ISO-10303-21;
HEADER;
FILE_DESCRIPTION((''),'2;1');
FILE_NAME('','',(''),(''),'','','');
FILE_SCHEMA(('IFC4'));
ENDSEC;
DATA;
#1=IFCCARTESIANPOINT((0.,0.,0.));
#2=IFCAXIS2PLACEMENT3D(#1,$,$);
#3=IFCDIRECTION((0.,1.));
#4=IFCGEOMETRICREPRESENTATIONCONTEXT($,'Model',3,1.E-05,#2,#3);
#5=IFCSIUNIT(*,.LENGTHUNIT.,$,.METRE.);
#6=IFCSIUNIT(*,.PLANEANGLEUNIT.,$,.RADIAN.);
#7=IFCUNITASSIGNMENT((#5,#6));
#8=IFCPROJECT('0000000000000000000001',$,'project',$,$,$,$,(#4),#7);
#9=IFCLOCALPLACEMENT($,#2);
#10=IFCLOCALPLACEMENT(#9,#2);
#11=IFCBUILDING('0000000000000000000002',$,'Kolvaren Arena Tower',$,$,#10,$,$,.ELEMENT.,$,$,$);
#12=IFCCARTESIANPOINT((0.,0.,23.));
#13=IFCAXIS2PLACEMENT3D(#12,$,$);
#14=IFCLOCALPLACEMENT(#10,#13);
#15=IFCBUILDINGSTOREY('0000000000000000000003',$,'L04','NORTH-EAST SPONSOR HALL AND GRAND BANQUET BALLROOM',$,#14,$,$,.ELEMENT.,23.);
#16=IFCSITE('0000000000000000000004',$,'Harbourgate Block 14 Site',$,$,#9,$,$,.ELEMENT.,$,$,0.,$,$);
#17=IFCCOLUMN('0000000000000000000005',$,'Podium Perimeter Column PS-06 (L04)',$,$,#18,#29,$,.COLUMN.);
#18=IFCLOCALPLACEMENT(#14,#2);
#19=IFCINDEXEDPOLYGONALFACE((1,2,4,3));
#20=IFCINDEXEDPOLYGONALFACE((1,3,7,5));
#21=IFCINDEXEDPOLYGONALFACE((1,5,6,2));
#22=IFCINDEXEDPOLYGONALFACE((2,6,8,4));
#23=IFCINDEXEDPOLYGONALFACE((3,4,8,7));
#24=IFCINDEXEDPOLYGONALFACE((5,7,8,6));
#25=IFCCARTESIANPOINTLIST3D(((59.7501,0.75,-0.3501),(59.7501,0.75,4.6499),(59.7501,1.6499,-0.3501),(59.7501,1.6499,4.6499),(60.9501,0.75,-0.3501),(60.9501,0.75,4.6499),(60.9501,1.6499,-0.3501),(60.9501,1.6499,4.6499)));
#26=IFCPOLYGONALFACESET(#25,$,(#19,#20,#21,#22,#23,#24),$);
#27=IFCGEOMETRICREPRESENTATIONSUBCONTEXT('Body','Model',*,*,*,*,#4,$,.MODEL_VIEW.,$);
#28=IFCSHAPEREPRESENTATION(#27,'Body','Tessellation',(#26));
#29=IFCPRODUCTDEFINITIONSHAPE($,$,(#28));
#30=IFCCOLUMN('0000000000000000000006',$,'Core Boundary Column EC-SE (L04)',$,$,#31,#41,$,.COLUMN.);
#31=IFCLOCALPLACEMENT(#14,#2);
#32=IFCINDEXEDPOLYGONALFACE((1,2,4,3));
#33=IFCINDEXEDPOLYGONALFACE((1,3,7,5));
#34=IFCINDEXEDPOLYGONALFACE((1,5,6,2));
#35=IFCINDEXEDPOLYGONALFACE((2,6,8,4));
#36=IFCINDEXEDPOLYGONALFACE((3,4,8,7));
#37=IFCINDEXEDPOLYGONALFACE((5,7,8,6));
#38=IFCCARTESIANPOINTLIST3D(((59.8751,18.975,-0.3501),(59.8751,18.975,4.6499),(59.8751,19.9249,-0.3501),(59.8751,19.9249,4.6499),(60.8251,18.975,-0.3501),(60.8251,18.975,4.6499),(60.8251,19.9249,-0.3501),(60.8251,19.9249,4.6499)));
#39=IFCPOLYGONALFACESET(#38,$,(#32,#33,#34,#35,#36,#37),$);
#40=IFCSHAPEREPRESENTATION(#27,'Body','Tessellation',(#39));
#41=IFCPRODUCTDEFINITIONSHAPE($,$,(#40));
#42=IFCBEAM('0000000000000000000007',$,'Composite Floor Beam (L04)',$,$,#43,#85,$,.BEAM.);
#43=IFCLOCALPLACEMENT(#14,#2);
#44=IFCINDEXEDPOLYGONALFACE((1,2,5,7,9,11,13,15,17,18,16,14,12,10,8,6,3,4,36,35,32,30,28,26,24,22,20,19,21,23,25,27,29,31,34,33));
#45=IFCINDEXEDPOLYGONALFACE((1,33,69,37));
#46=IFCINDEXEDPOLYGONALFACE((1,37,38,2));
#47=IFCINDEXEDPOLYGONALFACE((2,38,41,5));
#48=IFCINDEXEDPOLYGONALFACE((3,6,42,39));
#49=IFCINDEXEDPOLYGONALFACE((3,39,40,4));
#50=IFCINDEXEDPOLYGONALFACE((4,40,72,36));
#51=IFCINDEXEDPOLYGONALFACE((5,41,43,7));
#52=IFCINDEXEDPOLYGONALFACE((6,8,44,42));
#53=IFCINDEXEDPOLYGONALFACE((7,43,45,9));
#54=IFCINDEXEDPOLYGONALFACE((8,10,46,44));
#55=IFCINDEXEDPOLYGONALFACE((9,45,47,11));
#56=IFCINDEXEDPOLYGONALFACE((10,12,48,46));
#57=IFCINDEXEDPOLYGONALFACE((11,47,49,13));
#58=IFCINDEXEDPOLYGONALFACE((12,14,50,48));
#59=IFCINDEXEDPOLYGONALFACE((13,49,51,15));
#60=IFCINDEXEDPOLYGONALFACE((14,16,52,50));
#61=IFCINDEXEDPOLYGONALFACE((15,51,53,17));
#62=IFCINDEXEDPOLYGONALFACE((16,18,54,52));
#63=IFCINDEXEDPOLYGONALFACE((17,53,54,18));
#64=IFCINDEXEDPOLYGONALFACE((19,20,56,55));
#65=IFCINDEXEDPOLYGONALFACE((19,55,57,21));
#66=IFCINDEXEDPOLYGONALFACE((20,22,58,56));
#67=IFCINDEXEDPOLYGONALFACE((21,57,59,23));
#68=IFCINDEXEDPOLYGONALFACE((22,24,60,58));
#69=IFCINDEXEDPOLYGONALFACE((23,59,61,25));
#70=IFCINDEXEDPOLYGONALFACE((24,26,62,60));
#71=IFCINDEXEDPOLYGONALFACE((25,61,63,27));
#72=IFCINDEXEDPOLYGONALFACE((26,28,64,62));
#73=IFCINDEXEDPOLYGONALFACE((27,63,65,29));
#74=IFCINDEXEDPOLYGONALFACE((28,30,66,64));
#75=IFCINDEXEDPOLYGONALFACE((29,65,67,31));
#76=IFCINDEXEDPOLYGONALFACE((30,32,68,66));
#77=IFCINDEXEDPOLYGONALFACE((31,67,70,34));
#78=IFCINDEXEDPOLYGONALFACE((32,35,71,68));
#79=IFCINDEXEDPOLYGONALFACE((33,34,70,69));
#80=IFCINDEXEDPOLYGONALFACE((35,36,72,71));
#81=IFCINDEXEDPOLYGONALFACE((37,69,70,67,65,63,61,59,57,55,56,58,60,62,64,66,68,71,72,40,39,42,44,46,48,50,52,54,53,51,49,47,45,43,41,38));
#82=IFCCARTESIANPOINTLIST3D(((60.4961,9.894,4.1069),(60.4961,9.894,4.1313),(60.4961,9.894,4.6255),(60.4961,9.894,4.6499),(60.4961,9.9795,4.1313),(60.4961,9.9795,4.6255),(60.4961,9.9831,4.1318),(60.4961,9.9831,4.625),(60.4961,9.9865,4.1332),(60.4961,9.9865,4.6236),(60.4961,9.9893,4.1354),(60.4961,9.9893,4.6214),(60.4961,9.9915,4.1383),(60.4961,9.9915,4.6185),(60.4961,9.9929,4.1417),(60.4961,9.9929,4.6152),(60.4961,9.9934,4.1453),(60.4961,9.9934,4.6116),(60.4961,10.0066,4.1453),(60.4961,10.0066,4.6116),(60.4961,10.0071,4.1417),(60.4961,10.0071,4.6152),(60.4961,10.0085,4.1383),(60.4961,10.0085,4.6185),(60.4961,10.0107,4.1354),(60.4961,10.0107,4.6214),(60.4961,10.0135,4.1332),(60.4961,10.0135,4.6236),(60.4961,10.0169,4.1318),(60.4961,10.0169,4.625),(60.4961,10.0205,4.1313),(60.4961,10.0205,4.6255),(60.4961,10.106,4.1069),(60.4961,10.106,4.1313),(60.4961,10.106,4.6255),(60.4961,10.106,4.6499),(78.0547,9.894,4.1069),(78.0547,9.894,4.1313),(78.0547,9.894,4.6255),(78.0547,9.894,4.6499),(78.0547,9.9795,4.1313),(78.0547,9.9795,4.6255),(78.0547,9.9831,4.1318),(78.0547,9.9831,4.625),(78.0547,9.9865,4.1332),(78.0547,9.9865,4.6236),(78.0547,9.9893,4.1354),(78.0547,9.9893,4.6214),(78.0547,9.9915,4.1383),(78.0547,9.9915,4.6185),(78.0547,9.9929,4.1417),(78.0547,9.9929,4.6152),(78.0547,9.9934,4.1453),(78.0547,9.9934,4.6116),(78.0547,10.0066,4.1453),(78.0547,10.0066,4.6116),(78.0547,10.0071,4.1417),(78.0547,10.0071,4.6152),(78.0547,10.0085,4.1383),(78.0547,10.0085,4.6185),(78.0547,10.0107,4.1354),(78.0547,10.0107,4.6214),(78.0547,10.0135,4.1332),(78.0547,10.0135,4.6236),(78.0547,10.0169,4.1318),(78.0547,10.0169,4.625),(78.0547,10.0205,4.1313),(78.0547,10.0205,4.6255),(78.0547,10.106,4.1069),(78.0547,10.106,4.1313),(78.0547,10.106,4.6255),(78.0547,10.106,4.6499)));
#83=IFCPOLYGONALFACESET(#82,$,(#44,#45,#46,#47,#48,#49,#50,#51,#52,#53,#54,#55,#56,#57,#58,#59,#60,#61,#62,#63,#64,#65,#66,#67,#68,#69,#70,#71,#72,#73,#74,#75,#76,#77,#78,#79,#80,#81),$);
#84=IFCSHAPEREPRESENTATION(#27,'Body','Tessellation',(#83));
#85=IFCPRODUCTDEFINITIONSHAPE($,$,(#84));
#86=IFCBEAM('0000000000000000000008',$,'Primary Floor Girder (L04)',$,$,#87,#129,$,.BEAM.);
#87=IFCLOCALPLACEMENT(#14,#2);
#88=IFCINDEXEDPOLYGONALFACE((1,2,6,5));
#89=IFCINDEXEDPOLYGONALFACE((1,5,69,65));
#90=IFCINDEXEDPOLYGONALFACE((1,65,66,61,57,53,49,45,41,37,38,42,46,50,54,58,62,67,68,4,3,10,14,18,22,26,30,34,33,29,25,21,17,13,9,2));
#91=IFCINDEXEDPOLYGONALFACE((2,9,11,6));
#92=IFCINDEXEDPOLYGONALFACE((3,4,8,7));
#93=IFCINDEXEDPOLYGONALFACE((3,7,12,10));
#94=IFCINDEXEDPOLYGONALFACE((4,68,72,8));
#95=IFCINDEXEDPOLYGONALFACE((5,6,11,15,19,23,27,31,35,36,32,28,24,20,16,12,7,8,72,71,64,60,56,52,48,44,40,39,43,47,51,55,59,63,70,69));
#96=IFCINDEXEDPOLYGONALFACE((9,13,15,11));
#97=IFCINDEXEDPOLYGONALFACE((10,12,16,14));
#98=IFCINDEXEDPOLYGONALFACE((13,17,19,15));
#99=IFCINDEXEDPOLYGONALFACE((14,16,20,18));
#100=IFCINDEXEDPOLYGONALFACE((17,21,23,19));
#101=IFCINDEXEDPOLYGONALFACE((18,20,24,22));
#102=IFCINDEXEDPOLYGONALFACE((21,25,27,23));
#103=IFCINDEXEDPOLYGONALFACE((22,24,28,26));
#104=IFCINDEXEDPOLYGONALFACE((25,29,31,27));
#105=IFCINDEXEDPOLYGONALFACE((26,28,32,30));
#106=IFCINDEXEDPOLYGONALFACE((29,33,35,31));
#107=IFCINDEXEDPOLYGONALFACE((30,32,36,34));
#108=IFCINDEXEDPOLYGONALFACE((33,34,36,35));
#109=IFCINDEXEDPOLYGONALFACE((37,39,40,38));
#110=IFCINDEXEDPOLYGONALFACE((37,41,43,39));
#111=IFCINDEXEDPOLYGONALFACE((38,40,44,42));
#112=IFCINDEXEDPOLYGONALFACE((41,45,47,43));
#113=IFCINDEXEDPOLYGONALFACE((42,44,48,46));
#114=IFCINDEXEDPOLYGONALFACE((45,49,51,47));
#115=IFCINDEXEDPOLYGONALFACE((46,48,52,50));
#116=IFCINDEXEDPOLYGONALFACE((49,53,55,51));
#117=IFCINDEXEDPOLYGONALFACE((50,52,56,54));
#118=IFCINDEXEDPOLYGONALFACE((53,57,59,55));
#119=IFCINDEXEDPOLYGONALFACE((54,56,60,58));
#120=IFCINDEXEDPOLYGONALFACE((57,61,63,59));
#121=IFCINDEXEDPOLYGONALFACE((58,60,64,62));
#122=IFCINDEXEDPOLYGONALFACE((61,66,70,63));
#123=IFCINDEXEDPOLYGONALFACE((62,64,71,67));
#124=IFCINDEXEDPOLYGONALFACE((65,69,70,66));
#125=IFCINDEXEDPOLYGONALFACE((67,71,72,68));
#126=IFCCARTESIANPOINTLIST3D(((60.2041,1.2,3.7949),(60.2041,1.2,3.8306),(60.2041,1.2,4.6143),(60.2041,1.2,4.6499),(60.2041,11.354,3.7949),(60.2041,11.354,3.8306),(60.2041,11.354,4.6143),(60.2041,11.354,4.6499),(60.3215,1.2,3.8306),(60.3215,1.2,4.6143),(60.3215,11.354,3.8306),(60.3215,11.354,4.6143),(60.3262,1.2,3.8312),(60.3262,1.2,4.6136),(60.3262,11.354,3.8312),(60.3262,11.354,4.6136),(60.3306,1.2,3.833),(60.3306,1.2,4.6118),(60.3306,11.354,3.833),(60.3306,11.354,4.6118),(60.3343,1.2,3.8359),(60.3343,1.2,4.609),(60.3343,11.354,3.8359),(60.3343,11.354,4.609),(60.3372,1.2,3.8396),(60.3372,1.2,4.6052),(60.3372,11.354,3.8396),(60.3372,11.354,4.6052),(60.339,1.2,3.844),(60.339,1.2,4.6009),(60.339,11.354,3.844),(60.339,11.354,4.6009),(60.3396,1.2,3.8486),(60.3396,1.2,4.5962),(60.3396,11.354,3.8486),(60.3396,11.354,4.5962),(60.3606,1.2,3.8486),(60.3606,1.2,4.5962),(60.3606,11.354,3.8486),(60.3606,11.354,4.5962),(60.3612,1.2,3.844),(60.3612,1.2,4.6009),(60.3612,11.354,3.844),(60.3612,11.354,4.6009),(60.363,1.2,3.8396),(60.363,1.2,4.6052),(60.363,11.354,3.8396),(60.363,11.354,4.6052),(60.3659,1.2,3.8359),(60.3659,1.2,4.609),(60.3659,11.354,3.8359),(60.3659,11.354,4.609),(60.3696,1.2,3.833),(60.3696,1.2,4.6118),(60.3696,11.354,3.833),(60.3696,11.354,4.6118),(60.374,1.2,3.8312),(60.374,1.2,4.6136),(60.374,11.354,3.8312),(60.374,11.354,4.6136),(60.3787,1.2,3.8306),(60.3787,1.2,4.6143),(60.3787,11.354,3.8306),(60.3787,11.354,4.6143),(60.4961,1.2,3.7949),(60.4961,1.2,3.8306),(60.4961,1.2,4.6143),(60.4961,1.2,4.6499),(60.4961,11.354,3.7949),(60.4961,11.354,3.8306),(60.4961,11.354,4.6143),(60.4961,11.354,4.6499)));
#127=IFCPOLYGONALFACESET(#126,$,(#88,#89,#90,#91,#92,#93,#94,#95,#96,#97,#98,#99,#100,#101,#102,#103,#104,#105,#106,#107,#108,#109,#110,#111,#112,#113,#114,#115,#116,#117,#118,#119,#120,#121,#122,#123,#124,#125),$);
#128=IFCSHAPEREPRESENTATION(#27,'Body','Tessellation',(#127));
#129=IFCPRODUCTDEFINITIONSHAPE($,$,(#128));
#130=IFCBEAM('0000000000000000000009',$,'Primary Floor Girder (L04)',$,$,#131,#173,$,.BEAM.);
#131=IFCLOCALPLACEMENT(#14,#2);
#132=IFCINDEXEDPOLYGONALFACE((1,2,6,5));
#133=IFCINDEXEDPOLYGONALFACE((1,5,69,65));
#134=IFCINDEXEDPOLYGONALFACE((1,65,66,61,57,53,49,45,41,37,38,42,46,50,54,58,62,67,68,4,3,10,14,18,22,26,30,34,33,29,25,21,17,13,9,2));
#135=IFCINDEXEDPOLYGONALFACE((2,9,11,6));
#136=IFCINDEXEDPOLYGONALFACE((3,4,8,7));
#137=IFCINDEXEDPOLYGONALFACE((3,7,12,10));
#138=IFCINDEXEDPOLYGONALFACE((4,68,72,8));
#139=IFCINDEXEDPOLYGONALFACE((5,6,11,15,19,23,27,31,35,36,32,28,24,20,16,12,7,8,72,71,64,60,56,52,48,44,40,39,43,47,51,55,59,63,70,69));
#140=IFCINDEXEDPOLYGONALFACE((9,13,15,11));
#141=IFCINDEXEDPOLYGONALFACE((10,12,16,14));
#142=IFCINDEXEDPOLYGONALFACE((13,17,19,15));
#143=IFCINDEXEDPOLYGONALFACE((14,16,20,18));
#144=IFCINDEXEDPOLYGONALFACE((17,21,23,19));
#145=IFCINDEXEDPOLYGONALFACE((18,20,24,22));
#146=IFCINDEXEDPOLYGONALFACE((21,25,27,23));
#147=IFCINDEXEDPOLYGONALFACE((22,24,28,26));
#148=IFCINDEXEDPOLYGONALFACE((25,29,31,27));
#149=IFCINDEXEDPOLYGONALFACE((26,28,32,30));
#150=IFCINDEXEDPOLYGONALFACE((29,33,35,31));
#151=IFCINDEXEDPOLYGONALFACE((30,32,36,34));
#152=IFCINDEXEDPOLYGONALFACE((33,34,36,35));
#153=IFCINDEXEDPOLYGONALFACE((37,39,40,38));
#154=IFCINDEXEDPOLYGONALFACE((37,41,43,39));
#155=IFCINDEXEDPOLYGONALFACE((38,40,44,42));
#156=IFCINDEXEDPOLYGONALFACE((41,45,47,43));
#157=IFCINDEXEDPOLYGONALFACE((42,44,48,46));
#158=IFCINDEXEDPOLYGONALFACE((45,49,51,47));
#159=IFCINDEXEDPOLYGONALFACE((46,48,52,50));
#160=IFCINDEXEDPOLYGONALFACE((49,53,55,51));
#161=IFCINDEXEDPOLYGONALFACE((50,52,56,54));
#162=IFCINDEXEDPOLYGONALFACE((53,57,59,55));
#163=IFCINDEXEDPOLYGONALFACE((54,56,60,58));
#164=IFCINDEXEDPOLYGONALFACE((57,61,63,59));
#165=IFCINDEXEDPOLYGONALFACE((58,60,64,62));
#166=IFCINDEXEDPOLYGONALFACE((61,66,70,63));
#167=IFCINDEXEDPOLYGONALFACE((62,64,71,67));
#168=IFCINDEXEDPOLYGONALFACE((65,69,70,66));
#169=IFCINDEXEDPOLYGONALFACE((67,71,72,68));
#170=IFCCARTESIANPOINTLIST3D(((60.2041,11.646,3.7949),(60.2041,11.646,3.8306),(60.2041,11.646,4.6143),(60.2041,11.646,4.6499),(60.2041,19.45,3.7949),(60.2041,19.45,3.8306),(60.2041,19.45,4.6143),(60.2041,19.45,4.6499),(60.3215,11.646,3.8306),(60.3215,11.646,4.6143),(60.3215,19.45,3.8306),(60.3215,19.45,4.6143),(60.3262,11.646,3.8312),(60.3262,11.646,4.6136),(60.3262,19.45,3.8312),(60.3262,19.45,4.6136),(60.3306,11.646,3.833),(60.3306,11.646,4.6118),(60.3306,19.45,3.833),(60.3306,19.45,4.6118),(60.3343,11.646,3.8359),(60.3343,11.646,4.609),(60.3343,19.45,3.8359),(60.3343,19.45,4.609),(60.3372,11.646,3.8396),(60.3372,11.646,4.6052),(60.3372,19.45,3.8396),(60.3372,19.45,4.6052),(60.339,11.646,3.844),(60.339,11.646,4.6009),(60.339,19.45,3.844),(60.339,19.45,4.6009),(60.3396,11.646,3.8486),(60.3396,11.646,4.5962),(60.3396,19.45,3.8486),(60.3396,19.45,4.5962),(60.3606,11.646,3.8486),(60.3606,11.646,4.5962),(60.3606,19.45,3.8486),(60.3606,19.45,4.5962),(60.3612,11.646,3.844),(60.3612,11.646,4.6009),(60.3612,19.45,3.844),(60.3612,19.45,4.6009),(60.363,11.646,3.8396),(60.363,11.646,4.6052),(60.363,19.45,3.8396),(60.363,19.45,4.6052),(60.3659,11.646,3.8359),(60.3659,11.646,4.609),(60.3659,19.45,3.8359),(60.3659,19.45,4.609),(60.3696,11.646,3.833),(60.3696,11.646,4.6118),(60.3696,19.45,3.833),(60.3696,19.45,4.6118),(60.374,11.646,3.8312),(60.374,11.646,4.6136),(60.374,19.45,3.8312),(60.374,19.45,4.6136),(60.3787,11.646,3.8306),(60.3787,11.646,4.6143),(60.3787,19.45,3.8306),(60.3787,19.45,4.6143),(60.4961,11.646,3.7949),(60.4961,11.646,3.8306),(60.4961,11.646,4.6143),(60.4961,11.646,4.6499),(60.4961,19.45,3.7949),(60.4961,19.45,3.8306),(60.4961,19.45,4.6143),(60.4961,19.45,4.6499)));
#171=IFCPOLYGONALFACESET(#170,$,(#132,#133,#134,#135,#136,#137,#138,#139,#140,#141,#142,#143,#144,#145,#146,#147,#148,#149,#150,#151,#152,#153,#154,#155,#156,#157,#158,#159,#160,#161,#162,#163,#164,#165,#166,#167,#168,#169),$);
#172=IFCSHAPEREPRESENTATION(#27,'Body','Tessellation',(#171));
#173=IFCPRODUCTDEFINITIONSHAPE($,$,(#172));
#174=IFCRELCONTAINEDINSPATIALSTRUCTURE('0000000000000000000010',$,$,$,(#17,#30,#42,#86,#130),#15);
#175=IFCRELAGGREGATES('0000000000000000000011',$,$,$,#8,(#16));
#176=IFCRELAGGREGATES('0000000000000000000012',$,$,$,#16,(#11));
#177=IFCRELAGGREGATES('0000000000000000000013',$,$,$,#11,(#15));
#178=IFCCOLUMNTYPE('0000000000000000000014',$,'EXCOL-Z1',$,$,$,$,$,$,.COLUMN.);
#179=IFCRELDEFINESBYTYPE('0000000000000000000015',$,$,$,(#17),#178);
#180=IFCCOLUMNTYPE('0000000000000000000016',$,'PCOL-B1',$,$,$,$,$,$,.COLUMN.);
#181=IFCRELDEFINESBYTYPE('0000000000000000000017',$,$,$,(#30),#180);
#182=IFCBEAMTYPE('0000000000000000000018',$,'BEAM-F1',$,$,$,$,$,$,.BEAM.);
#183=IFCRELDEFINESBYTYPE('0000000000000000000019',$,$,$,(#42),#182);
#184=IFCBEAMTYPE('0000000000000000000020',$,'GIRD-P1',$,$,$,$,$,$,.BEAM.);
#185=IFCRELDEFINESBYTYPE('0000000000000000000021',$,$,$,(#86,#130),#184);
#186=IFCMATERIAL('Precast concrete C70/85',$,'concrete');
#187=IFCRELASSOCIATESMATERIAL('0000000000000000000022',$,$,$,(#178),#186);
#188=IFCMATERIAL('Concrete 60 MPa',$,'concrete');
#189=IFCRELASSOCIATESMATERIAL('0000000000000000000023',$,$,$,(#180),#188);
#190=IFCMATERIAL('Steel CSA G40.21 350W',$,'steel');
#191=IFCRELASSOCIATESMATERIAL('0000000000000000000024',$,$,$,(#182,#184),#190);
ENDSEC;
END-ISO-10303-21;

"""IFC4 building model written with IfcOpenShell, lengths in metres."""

from ifc_helpers import new_model, si_unit, direction, frame, origin, origin_2d, place, context, subcontext, project, spatial, rectangle, i_section, extrude, material, material_profile, profile_set, type_object, element, save


model = new_model("IFC4")

# Units and contexts
model_context = context("Model", 3, precision=1e-05, world=origin(), true_north=direction((0.0, 1.0)))
body_context = subcontext(model_context, "Body", "Model", "MODEL_VIEW")
ifc_project = project(units=[si_unit("LENGTHUNIT", "METRE"), si_unit("PLANEANGLEUNIT", "RADIAN")], contexts=[model_context])

# Site, building, storey
site_placement = place(None, origin())
site = spatial("IfcSite", under=ifc_project, at=site_placement, Name="Harbourgate Block 14 Site", CompositionType="ELEMENT", RefElevation=0.0)
building_placement = place(site_placement, origin())
building = spatial("IfcBuilding", under=site, at=building_placement, Name="Kolvaren Arena Tower", CompositionType="ELEMENT")
storey_placement = place(building_placement, frame((0.0, 0.0, 23.0)))
storey = spatial("IfcBuildingStorey", under=building, at=storey_placement, Name="L04", Description="NORTH-EAST SPONSOR HALL AND GRAND BANQUET BALLROOM", CompositionType="ELEMENT", Elevation=23.0)

# Columns
ifc_material_1 = material(Name="Precast concrete C70/85", Category="concrete")
ifc_material_profile_1 = material_profile(ifc_material_1, rectangle(XDim=1.2, YDim=0.8999, at=origin_2d()), Name="RC-1200x900")
ifc_profile_set_1 = profile_set([ifc_material_profile_1], Name="Precast concrete C70/85")
column_type_1 = type_object("IfcColumnType", Name="EXCOL-Z1", PredefinedType="COLUMN", material=ifc_profile_set_1)
column_1_placement = place(storey_placement, frame((60.3501, 1.2, -0.3501), z_axis=(0.0, 0.0, 1.0), x_axis=(1.0, 0.0, 0.0)))
element("IfcColumn", 1, at=column_1_placement, inside=storey, type_object=column_type_1, Name="Podium Perimeter Column PS-06 (L04)", PredefinedType="COLUMN", context=body_context, shape_type="SweptSolid", body=[
    extrude(rectangle(XDim=1.2, YDim=0.8999, at=origin_2d()), origin(), (0.0, 0.0, 1.0), 5.0),
])
ifc_material_2 = material(Name="Concrete 60 MPa", Category="concrete")
ifc_material_profile_2 = material_profile(ifc_material_2, rectangle(XDim=0.95, YDim=0.95, at=origin_2d()), Name="RC-950x950")
ifc_profile_set_2 = profile_set([ifc_material_profile_2], Name="Concrete 60 MPa")
column_type_2 = type_object("IfcColumnType", Name="PCOL-B1", PredefinedType="COLUMN", material=ifc_profile_set_2)
column_2_placement = place(storey_placement, frame((60.3501, 19.45, -0.3501), z_axis=(0.0, 0.0, 1.0), x_axis=(1.0, 0.0, 0.0)))
element("IfcColumn", 2, at=column_2_placement, inside=storey, type_object=column_type_2, Name="Core Boundary Column EC-SE (L04)", PredefinedType="COLUMN", context=body_context, shape_type="SweptSolid", body=[
    extrude(rectangle(XDim=0.95, YDim=0.95, at=origin_2d()), origin(), (0.0, 0.0, 1.0), 5.0),
])

# Beams
ifc_material_3 = material(Name="Steel CSA G40.21 350W", Category="steel")
ifc_material_profile_3 = material_profile(ifc_material_3, i_section(OverallWidth=0.2119, OverallDepth=0.543, WebThickness=0.0132, FlangeThickness=0.0244, FilletRadius=0.0139, at=origin_2d()), Name="W530x150")
ifc_profile_set_3 = profile_set([ifc_material_profile_3], Name="Steel CSA G40.21 350W")
beam_type_1 = type_object("IfcBeamType", Name="BEAM-F1", PredefinedType="BEAM", material=ifc_profile_set_3)
beam_1_placement = place(storey_placement, frame((60.4961, 10.0, 4.3784), z_axis=(1.0, 0.0, 0.0), x_axis=(0.0, 1.0, 0.0)))
element("IfcBeam", 3, at=beam_1_placement, inside=storey, type_object=beam_type_1, Name="Composite Floor Beam (L04)", PredefinedType="BEAM", context=body_context, shape_type="SweptSolid", body=[
    extrude(i_section(OverallWidth=0.2119, OverallDepth=0.543, WebThickness=0.0132, FlangeThickness=0.0244, FilletRadius=0.0139, at=origin_2d()), origin(), (0.0, 0.0, 1.0), 17.5586),
])
ifc_material_profile_4 = material_profile(ifc_material_3, i_section(OverallWidth=0.292, OverallDepth=0.855, WebThickness=0.021, FlangeThickness=0.0356, FilletRadius=0.0181, at=origin_2d()), Name="W840x299")
ifc_profile_set_4 = profile_set([ifc_material_profile_4], Name="Steel CSA G40.21 350W")
beam_type_2 = type_object("IfcBeamType", Name="GIRD-P1", PredefinedType="BEAM", material=ifc_profile_set_4)
beam_2_placement = place(storey_placement, frame((60.3501, 1.2, 4.2224), z_axis=(0.0, 1.0, 0.0), x_axis=(-1.0, 0.0, 0.0)))
element("IfcBeam", 4, at=beam_2_placement, inside=storey, type_object=beam_type_2, Name="Primary Floor Girder (L04)", PredefinedType="BEAM", context=body_context, shape_type="SweptSolid", body=[
    extrude(i_section(OverallWidth=0.292, OverallDepth=0.855, WebThickness=0.021, FlangeThickness=0.0356, FilletRadius=0.0181, at=origin_2d()), origin(), (0.0, 0.0, 1.0), 10.1541),
])
beam_3_placement = place(storey_placement, frame((60.3501, 11.646, 4.2224), z_axis=(0.0, 1.0, 0.0), x_axis=(-1.0, 0.0, 0.0)))
element("IfcBeam", 5, at=beam_3_placement, inside=storey, type_object=beam_type_2, Name="Primary Floor Girder (L04)", PredefinedType="BEAM", context=body_context, shape_type="SweptSolid", body=[
    extrude(i_section(OverallWidth=0.292, OverallDepth=0.855, WebThickness=0.021, FlangeThickness=0.0356, FilletRadius=0.0181, at=origin_2d()), origin(), (0.0, 0.0, 1.0), 7.804),
])

save(model, "model.ifc")
